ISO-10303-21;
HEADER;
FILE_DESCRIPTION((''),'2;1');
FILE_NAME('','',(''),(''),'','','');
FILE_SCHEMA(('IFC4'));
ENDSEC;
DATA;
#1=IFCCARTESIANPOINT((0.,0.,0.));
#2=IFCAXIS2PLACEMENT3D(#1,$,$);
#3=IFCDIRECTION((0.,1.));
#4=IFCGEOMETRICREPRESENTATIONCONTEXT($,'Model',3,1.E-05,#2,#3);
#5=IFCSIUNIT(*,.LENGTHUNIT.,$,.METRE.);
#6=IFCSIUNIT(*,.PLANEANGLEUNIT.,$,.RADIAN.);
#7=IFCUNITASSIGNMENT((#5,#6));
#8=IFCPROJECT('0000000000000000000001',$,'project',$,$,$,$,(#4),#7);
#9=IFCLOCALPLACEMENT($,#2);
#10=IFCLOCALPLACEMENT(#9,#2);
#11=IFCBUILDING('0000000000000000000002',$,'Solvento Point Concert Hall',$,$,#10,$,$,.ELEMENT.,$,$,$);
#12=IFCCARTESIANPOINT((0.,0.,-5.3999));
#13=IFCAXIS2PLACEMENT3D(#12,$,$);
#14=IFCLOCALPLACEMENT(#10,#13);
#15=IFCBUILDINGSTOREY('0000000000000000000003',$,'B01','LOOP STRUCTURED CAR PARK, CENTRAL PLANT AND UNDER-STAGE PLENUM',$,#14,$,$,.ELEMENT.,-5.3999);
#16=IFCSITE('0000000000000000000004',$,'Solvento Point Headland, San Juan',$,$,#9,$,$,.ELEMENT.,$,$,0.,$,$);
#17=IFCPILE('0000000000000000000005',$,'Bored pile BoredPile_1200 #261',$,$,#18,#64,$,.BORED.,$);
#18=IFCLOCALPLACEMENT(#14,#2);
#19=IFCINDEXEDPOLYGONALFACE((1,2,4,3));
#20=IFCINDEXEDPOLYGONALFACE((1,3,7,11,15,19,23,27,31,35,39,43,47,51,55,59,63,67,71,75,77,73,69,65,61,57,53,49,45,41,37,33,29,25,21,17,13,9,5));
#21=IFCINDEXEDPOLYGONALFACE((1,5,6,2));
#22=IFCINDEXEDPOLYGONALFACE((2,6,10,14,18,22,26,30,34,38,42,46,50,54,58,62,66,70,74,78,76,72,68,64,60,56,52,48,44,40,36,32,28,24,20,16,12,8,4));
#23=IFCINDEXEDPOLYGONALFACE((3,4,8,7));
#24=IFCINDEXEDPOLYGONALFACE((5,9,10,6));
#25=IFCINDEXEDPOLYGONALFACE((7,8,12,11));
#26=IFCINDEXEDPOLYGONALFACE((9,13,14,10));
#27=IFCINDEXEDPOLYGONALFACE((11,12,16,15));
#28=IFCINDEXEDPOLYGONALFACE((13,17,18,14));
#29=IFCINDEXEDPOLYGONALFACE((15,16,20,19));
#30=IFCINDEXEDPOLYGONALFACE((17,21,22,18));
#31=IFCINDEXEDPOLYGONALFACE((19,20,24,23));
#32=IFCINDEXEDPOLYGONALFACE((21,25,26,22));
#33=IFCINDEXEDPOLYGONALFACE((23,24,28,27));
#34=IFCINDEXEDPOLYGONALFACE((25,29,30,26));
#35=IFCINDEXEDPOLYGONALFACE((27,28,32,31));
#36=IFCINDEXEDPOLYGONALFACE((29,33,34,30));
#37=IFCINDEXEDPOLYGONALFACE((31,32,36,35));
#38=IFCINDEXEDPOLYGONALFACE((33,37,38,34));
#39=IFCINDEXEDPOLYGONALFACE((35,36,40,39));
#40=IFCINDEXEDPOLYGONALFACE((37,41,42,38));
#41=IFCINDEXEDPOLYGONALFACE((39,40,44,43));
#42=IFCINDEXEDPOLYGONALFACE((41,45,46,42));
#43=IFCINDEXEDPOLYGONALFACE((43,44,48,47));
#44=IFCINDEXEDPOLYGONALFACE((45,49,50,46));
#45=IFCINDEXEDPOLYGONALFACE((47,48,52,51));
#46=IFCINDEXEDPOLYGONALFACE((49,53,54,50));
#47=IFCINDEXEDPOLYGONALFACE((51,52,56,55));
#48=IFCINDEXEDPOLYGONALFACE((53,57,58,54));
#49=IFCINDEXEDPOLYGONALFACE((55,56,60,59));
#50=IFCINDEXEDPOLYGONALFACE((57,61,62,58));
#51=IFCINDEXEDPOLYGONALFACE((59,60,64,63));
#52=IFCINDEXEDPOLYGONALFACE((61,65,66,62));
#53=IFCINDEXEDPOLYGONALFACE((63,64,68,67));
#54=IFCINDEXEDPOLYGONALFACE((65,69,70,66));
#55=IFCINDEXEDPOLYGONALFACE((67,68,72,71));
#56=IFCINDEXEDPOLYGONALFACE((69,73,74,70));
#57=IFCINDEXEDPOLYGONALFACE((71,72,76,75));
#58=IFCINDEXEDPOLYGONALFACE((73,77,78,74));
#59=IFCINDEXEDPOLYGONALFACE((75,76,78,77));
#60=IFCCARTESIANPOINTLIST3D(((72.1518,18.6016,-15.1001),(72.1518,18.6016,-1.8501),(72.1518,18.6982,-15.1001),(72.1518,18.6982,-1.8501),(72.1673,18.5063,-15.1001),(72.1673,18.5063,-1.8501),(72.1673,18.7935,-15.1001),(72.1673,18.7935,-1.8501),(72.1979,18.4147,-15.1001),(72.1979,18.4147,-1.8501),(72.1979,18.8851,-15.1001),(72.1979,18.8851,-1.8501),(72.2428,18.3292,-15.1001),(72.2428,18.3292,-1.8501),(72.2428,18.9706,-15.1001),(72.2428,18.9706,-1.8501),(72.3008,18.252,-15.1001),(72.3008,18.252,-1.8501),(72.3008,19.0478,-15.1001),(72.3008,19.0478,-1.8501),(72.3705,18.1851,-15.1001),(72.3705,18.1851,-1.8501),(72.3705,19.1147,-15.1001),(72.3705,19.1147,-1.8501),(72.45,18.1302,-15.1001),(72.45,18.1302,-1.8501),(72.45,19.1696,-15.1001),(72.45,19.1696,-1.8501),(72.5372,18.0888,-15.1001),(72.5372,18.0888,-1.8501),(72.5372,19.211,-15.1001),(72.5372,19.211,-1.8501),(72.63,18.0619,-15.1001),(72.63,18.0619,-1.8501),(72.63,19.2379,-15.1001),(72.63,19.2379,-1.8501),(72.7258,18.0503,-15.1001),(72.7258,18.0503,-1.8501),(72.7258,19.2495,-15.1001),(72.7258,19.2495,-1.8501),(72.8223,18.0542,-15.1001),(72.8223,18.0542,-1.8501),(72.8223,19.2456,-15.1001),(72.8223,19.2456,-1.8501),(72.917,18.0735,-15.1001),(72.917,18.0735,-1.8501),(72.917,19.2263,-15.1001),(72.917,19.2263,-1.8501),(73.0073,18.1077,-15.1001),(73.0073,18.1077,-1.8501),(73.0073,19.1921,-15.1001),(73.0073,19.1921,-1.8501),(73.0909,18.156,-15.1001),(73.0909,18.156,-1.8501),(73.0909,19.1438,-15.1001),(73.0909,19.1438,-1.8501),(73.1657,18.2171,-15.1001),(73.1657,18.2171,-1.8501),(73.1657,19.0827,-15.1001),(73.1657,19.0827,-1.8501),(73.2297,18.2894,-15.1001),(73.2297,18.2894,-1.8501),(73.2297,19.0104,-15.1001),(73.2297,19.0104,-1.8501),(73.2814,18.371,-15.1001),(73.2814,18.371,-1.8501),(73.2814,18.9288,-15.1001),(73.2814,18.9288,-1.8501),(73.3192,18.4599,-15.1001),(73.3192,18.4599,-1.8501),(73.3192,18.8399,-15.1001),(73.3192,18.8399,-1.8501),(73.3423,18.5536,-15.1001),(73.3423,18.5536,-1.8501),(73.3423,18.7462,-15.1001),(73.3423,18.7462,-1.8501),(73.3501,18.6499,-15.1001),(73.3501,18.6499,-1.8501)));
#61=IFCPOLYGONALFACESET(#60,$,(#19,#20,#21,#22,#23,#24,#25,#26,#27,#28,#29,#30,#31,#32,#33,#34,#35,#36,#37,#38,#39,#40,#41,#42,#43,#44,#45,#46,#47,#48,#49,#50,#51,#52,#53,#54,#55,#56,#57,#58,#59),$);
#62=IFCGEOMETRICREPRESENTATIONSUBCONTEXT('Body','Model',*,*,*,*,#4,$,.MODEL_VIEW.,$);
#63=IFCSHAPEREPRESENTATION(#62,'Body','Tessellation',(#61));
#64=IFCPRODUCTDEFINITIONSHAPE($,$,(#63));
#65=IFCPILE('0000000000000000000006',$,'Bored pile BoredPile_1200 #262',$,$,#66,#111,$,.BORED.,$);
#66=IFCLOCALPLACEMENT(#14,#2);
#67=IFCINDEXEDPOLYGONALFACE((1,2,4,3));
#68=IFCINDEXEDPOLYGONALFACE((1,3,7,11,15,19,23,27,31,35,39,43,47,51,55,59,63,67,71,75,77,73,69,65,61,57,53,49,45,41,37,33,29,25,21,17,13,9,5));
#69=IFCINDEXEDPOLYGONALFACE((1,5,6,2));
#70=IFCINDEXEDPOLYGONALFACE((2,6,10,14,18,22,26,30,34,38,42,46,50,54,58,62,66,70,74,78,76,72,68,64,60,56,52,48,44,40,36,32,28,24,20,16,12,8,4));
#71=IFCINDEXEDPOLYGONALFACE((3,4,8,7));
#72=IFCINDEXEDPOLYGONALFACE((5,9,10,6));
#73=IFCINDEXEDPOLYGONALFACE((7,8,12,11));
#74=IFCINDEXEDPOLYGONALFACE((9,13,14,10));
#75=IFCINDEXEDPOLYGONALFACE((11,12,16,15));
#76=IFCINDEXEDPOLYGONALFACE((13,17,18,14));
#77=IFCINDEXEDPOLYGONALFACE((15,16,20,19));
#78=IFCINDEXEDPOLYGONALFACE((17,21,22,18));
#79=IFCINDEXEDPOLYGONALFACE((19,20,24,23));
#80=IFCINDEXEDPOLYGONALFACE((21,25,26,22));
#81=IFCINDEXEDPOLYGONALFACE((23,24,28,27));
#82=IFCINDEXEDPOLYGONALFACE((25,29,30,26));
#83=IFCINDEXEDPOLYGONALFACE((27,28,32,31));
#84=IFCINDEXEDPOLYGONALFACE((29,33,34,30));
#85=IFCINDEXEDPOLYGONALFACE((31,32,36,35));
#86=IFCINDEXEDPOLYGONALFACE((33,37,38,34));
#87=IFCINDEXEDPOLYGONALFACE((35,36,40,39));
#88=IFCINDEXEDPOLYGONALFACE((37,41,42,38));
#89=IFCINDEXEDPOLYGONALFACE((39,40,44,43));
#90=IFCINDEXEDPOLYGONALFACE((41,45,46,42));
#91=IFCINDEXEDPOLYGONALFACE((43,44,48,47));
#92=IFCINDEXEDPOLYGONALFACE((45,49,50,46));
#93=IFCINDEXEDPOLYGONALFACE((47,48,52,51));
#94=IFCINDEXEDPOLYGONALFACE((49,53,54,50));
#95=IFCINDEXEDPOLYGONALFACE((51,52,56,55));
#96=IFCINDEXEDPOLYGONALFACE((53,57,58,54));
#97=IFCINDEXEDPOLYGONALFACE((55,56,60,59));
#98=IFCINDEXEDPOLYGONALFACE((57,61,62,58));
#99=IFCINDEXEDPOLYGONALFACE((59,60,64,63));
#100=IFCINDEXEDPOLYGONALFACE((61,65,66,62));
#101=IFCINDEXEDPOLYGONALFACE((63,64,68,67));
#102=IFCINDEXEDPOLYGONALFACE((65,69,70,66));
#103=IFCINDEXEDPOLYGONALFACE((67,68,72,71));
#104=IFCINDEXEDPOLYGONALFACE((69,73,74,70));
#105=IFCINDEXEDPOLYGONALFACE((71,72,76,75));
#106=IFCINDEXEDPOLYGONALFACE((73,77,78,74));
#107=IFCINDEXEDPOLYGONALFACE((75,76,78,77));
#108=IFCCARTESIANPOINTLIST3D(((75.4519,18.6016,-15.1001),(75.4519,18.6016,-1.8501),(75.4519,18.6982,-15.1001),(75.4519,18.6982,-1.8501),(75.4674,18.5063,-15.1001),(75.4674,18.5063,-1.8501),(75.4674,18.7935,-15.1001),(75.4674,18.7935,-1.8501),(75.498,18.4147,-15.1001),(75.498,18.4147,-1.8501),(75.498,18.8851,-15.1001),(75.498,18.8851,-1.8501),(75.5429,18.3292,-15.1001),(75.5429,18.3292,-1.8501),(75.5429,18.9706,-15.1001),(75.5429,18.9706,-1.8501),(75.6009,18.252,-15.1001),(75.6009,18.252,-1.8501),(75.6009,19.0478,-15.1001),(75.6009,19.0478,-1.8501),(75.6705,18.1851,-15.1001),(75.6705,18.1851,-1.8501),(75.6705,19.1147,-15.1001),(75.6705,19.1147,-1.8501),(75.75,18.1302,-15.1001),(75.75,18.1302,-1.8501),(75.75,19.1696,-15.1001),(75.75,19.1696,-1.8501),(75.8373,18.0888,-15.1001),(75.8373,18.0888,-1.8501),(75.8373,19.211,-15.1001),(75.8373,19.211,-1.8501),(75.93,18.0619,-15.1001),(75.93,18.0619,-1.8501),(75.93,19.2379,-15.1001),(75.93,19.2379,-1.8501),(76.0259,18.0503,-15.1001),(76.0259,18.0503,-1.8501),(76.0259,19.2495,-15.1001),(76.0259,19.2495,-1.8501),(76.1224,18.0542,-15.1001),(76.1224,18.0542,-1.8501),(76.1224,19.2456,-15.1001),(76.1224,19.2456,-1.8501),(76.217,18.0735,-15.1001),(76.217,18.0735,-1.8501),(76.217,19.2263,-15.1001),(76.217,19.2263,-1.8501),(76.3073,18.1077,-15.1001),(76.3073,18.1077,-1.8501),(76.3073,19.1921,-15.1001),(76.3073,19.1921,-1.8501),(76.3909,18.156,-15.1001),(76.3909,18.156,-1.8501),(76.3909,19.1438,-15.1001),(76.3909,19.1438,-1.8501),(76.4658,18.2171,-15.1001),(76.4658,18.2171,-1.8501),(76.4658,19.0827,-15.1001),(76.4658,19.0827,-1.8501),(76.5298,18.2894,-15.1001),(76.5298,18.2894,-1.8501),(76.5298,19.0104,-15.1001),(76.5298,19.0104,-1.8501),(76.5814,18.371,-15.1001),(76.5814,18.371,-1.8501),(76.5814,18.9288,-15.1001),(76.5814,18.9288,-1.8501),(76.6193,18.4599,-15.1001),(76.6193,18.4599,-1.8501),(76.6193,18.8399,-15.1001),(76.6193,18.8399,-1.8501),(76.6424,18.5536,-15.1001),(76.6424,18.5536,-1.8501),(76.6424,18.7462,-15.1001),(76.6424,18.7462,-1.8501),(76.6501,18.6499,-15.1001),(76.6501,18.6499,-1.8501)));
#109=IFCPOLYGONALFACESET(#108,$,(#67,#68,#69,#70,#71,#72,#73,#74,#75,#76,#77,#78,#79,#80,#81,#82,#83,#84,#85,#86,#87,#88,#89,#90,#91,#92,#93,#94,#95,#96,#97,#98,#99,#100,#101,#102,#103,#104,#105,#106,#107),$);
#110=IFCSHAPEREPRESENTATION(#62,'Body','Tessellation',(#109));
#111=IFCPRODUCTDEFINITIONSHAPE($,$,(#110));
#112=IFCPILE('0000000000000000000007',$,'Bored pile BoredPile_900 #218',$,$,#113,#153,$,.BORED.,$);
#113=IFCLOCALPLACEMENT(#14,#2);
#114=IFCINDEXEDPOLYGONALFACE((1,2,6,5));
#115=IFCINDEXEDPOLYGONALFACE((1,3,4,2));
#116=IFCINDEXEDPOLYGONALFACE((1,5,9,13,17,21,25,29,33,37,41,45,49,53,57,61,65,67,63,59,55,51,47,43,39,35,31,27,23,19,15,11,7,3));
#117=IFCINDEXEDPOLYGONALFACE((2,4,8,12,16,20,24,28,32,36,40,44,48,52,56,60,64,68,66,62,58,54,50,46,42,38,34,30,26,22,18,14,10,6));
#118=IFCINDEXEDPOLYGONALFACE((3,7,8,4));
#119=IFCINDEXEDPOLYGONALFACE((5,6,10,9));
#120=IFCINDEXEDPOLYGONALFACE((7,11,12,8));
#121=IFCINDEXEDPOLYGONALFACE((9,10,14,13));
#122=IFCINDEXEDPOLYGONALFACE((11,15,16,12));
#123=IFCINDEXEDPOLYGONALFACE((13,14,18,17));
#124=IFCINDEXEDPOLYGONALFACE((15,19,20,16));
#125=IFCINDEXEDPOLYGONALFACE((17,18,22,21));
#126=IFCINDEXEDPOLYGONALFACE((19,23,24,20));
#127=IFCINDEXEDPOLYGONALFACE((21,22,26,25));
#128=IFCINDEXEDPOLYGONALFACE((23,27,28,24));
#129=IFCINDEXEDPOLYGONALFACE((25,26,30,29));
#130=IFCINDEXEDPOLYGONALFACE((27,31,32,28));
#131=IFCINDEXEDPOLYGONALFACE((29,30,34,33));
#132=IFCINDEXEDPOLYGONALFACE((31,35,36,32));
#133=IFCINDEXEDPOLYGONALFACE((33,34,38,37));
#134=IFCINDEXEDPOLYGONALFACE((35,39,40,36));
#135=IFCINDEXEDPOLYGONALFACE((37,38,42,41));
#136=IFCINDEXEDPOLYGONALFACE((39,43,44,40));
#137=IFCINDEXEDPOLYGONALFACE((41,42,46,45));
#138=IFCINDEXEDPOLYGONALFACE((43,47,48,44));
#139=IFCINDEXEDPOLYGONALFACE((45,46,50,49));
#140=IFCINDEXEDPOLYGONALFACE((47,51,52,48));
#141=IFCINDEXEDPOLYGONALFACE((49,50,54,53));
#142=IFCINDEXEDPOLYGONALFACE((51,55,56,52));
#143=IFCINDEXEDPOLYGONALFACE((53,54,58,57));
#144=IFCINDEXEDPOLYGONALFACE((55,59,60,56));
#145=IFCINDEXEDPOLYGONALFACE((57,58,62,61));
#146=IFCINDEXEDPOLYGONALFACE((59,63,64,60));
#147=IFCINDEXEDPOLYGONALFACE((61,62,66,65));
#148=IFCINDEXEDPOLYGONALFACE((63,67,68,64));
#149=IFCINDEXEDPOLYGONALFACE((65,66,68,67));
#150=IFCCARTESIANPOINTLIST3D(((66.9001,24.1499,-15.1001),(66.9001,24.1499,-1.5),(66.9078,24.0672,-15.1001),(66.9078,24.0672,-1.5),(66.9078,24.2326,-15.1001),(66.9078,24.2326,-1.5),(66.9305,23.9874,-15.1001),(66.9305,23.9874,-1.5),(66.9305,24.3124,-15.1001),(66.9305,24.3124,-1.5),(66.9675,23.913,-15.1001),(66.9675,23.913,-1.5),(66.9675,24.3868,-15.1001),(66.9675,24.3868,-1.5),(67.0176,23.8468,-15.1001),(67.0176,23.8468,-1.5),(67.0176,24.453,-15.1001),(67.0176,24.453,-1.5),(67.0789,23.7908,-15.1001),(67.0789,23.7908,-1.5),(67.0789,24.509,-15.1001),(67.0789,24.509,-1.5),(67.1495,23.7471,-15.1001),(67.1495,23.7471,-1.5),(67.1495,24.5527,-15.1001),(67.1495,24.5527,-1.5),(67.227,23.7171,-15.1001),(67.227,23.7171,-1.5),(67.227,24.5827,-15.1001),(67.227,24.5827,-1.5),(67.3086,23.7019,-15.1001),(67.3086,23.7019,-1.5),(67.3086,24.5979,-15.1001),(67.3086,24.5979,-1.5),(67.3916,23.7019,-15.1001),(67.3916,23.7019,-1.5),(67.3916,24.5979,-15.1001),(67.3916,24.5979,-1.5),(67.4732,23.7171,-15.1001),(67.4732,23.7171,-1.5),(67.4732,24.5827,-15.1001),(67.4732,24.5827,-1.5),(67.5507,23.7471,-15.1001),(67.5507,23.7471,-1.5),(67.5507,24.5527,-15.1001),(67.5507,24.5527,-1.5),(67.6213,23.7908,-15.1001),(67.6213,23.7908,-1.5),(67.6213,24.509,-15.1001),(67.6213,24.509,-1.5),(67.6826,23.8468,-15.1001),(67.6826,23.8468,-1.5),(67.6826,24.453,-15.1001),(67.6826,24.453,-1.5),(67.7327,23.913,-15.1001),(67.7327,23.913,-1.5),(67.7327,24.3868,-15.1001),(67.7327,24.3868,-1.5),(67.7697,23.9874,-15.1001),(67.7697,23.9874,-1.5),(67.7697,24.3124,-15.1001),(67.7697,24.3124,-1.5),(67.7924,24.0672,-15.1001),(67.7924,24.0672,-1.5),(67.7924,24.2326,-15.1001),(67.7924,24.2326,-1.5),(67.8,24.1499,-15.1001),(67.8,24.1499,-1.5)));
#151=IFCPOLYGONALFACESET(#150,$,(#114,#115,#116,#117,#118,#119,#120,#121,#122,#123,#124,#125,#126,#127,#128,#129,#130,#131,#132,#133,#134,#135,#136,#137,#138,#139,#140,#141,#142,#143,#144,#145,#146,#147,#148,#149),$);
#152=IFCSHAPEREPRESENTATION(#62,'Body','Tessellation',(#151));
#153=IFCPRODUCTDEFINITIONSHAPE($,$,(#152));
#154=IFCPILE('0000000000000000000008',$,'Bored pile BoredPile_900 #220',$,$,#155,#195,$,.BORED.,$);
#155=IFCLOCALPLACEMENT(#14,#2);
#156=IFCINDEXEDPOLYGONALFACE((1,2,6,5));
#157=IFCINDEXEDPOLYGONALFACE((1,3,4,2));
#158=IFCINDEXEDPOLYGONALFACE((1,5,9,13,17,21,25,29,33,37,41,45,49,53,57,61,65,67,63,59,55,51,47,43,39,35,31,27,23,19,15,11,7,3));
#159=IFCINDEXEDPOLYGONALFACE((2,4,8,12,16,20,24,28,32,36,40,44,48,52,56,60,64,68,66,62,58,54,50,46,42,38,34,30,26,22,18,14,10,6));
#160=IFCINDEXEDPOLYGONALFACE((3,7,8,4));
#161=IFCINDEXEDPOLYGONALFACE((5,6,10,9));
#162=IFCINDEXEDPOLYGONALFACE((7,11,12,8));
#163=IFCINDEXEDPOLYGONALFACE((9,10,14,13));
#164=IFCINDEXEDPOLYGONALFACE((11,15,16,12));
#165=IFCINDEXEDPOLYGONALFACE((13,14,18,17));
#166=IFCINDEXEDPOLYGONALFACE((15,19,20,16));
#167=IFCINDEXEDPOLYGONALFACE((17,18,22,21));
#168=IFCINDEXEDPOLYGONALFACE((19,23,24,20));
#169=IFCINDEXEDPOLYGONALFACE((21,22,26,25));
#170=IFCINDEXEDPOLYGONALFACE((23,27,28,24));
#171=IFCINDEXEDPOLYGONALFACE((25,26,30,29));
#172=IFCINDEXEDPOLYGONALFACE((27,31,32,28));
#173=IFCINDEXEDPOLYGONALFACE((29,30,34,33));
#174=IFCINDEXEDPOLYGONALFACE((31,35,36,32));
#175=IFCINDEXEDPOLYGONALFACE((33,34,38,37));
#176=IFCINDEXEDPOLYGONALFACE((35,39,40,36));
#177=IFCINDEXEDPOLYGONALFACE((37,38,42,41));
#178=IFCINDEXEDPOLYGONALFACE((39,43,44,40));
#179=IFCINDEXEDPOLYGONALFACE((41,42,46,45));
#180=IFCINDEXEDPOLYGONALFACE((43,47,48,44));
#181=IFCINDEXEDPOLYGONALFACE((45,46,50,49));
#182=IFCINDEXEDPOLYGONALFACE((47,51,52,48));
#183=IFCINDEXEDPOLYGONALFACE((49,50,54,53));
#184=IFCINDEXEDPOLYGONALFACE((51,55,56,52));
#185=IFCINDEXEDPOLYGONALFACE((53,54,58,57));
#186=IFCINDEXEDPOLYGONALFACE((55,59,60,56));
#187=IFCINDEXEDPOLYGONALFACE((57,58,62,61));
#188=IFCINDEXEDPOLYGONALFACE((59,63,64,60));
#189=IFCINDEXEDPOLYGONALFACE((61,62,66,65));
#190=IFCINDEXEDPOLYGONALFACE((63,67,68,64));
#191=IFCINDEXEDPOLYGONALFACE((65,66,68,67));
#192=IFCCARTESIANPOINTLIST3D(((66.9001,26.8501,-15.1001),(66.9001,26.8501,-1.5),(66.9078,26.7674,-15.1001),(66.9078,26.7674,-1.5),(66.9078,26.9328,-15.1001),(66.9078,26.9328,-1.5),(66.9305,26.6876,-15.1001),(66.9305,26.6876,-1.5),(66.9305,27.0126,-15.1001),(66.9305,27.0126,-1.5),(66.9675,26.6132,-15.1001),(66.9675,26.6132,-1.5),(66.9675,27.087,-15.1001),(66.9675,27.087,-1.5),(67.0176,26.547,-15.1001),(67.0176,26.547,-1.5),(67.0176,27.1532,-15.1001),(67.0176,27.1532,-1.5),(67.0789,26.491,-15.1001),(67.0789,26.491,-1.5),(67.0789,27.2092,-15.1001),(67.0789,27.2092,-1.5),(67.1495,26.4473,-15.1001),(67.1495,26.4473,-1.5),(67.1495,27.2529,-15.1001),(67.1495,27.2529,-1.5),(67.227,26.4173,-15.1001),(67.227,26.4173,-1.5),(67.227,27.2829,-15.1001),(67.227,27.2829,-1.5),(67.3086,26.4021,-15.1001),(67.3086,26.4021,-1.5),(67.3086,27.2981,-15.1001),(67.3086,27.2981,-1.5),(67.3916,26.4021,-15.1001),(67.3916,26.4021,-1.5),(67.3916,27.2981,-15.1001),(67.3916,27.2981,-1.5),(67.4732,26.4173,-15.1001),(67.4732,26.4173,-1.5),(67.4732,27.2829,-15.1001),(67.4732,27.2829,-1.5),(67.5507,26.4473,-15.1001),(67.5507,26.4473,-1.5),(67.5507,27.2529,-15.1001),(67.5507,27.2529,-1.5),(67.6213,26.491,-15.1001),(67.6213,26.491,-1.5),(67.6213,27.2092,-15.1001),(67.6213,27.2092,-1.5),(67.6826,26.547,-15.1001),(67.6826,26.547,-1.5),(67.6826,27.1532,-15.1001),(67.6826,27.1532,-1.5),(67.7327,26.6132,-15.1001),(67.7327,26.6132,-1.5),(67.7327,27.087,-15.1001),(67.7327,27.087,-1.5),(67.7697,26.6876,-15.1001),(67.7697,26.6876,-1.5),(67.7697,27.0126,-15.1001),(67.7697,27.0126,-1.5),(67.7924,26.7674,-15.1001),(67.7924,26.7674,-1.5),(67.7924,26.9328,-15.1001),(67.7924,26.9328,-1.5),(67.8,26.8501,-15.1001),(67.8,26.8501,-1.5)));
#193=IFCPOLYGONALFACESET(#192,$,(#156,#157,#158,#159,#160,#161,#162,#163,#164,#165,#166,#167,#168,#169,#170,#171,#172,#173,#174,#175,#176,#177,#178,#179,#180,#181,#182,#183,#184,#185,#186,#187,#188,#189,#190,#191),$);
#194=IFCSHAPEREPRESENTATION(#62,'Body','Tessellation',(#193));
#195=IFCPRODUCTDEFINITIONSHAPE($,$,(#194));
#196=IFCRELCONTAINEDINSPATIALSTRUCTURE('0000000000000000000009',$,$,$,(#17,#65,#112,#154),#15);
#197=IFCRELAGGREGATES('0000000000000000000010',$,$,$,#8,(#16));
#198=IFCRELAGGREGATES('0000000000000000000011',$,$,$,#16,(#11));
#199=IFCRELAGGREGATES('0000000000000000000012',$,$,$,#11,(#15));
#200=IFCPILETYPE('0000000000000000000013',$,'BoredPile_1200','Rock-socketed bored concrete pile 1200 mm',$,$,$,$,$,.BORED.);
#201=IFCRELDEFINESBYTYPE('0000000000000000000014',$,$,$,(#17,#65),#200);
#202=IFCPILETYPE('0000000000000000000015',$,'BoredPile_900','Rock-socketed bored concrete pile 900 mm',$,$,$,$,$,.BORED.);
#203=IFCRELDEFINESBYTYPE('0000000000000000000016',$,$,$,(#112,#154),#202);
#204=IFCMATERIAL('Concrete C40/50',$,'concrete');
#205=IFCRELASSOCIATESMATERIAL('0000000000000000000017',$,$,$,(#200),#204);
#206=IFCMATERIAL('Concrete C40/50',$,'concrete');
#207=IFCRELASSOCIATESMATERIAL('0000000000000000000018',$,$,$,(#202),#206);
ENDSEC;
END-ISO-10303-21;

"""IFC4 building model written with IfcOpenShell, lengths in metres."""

from ifc_helpers import new_model, si_unit, direction, frame, origin, origin_2d, place, context, subcontext, project, spatial, circle, extrude, material, material_profile, profile_set, type_object, element, save


model = new_model("IFC4")

# Units and contexts
model_context = context("Model", 3, precision=1e-05, world=origin(), true_north=direction((0.0, 1.0)))
body_context = subcontext(model_context, "Body", "Model", "MODEL_VIEW")
ifc_project = project(units=[si_unit("LENGTHUNIT", "METRE"), si_unit("PLANEANGLEUNIT", "RADIAN")], contexts=[model_context])

# Site, building, storey
site_placement = place(None, origin())
site = spatial("IfcSite", under=ifc_project, at=site_placement, Name="Solvento Point Headland, San Juan", CompositionType="ELEMENT", RefElevation=0.0)
building_placement = place(site_placement, origin())
building = spatial("IfcBuilding", under=site, at=building_placement, Name="Solvento Point Concert Hall", CompositionType="ELEMENT")
storey_placement = place(building_placement, frame((0.0, 0.0, -5.3999)))
storey = spatial("IfcBuildingStorey", under=building, at=storey_placement, Name="B01", Description="LOOP STRUCTURED CAR PARK, CENTRAL PLANT AND UNDER-STAGE PLENUM", CompositionType="ELEMENT", Elevation=-5.3999)

# Piles
ifc_material_1 = material(Name="Concrete C40/50", Category="concrete")
ifc_material_profile_1 = material_profile(ifc_material_1, circle(Radius=0.6001, at=origin_2d()), Name="BP-1200")
ifc_profile_set_1 = profile_set([ifc_material_profile_1], Name="Concrete C40/50")
pile_type_1 = type_object("IfcPileType", Name="BoredPile_1200", Description="Rock-socketed bored concrete pile 1200 mm", PredefinedType="BORED", material=ifc_profile_set_1)
for number, where, z_axis, x_axis, name in (
    (1, (72.75, 18.6499, -1.8501), (0.0, 0.0, -1.0), (1.0, 0.0, 0.0), "Bored pile BoredPile_1200 #261"),
    (2, (76.05, 18.6499, -1.8501), (0.0, 0.0, -1.0), (1.0, 0.0, 0.0), "Bored pile BoredPile_1200 #262"),
):
    element("IfcPile", number, at=place(storey_placement, frame(where, z_axis=z_axis, x_axis=x_axis)), inside=storey, type_object=pile_type_1, Name=name, PredefinedType="BORED", context=body_context, shape_type="SweptSolid", body=[
        extrude(circle(Radius=0.6001, at=origin_2d()), origin(), (0.0, 0.0, 1.0), 13.25),
    ])
ifc_material_2 = material(Name="Concrete C40/50", Category="concrete")
ifc_material_profile_2 = material_profile(ifc_material_2, circle(Radius=0.45, at=origin_2d()), Name="BP-900")
ifc_profile_set_2 = profile_set([ifc_material_profile_2], Name="Concrete C40/50")
pile_type_2 = type_object("IfcPileType", Name="BoredPile_900", Description="Rock-socketed bored concrete pile 900 mm", PredefinedType="BORED", material=ifc_profile_set_2)
for number, where, z_axis, x_axis, name in (
    (3, (67.3501, 24.1499, -1.5), (0.0, 0.0, -1.0), (1.0, 0.0, 0.0), "Bored pile BoredPile_900 #218"),
    (4, (67.3501, 26.8501, -1.5), (0.0, 0.0, -1.0), (1.0, 0.0, 0.0), "Bored pile BoredPile_900 #220"),
):
    element("IfcPile", number, at=place(storey_placement, frame(where, z_axis=z_axis, x_axis=x_axis)), inside=storey, type_object=pile_type_2, Name=name, PredefinedType="BORED", context=body_context, shape_type="SweptSolid", body=[
        extrude(circle(Radius=0.45, at=origin_2d()), origin(), (0.0, 0.0, 1.0), 13.6001),
    ])

save(model, "model.ifc")
